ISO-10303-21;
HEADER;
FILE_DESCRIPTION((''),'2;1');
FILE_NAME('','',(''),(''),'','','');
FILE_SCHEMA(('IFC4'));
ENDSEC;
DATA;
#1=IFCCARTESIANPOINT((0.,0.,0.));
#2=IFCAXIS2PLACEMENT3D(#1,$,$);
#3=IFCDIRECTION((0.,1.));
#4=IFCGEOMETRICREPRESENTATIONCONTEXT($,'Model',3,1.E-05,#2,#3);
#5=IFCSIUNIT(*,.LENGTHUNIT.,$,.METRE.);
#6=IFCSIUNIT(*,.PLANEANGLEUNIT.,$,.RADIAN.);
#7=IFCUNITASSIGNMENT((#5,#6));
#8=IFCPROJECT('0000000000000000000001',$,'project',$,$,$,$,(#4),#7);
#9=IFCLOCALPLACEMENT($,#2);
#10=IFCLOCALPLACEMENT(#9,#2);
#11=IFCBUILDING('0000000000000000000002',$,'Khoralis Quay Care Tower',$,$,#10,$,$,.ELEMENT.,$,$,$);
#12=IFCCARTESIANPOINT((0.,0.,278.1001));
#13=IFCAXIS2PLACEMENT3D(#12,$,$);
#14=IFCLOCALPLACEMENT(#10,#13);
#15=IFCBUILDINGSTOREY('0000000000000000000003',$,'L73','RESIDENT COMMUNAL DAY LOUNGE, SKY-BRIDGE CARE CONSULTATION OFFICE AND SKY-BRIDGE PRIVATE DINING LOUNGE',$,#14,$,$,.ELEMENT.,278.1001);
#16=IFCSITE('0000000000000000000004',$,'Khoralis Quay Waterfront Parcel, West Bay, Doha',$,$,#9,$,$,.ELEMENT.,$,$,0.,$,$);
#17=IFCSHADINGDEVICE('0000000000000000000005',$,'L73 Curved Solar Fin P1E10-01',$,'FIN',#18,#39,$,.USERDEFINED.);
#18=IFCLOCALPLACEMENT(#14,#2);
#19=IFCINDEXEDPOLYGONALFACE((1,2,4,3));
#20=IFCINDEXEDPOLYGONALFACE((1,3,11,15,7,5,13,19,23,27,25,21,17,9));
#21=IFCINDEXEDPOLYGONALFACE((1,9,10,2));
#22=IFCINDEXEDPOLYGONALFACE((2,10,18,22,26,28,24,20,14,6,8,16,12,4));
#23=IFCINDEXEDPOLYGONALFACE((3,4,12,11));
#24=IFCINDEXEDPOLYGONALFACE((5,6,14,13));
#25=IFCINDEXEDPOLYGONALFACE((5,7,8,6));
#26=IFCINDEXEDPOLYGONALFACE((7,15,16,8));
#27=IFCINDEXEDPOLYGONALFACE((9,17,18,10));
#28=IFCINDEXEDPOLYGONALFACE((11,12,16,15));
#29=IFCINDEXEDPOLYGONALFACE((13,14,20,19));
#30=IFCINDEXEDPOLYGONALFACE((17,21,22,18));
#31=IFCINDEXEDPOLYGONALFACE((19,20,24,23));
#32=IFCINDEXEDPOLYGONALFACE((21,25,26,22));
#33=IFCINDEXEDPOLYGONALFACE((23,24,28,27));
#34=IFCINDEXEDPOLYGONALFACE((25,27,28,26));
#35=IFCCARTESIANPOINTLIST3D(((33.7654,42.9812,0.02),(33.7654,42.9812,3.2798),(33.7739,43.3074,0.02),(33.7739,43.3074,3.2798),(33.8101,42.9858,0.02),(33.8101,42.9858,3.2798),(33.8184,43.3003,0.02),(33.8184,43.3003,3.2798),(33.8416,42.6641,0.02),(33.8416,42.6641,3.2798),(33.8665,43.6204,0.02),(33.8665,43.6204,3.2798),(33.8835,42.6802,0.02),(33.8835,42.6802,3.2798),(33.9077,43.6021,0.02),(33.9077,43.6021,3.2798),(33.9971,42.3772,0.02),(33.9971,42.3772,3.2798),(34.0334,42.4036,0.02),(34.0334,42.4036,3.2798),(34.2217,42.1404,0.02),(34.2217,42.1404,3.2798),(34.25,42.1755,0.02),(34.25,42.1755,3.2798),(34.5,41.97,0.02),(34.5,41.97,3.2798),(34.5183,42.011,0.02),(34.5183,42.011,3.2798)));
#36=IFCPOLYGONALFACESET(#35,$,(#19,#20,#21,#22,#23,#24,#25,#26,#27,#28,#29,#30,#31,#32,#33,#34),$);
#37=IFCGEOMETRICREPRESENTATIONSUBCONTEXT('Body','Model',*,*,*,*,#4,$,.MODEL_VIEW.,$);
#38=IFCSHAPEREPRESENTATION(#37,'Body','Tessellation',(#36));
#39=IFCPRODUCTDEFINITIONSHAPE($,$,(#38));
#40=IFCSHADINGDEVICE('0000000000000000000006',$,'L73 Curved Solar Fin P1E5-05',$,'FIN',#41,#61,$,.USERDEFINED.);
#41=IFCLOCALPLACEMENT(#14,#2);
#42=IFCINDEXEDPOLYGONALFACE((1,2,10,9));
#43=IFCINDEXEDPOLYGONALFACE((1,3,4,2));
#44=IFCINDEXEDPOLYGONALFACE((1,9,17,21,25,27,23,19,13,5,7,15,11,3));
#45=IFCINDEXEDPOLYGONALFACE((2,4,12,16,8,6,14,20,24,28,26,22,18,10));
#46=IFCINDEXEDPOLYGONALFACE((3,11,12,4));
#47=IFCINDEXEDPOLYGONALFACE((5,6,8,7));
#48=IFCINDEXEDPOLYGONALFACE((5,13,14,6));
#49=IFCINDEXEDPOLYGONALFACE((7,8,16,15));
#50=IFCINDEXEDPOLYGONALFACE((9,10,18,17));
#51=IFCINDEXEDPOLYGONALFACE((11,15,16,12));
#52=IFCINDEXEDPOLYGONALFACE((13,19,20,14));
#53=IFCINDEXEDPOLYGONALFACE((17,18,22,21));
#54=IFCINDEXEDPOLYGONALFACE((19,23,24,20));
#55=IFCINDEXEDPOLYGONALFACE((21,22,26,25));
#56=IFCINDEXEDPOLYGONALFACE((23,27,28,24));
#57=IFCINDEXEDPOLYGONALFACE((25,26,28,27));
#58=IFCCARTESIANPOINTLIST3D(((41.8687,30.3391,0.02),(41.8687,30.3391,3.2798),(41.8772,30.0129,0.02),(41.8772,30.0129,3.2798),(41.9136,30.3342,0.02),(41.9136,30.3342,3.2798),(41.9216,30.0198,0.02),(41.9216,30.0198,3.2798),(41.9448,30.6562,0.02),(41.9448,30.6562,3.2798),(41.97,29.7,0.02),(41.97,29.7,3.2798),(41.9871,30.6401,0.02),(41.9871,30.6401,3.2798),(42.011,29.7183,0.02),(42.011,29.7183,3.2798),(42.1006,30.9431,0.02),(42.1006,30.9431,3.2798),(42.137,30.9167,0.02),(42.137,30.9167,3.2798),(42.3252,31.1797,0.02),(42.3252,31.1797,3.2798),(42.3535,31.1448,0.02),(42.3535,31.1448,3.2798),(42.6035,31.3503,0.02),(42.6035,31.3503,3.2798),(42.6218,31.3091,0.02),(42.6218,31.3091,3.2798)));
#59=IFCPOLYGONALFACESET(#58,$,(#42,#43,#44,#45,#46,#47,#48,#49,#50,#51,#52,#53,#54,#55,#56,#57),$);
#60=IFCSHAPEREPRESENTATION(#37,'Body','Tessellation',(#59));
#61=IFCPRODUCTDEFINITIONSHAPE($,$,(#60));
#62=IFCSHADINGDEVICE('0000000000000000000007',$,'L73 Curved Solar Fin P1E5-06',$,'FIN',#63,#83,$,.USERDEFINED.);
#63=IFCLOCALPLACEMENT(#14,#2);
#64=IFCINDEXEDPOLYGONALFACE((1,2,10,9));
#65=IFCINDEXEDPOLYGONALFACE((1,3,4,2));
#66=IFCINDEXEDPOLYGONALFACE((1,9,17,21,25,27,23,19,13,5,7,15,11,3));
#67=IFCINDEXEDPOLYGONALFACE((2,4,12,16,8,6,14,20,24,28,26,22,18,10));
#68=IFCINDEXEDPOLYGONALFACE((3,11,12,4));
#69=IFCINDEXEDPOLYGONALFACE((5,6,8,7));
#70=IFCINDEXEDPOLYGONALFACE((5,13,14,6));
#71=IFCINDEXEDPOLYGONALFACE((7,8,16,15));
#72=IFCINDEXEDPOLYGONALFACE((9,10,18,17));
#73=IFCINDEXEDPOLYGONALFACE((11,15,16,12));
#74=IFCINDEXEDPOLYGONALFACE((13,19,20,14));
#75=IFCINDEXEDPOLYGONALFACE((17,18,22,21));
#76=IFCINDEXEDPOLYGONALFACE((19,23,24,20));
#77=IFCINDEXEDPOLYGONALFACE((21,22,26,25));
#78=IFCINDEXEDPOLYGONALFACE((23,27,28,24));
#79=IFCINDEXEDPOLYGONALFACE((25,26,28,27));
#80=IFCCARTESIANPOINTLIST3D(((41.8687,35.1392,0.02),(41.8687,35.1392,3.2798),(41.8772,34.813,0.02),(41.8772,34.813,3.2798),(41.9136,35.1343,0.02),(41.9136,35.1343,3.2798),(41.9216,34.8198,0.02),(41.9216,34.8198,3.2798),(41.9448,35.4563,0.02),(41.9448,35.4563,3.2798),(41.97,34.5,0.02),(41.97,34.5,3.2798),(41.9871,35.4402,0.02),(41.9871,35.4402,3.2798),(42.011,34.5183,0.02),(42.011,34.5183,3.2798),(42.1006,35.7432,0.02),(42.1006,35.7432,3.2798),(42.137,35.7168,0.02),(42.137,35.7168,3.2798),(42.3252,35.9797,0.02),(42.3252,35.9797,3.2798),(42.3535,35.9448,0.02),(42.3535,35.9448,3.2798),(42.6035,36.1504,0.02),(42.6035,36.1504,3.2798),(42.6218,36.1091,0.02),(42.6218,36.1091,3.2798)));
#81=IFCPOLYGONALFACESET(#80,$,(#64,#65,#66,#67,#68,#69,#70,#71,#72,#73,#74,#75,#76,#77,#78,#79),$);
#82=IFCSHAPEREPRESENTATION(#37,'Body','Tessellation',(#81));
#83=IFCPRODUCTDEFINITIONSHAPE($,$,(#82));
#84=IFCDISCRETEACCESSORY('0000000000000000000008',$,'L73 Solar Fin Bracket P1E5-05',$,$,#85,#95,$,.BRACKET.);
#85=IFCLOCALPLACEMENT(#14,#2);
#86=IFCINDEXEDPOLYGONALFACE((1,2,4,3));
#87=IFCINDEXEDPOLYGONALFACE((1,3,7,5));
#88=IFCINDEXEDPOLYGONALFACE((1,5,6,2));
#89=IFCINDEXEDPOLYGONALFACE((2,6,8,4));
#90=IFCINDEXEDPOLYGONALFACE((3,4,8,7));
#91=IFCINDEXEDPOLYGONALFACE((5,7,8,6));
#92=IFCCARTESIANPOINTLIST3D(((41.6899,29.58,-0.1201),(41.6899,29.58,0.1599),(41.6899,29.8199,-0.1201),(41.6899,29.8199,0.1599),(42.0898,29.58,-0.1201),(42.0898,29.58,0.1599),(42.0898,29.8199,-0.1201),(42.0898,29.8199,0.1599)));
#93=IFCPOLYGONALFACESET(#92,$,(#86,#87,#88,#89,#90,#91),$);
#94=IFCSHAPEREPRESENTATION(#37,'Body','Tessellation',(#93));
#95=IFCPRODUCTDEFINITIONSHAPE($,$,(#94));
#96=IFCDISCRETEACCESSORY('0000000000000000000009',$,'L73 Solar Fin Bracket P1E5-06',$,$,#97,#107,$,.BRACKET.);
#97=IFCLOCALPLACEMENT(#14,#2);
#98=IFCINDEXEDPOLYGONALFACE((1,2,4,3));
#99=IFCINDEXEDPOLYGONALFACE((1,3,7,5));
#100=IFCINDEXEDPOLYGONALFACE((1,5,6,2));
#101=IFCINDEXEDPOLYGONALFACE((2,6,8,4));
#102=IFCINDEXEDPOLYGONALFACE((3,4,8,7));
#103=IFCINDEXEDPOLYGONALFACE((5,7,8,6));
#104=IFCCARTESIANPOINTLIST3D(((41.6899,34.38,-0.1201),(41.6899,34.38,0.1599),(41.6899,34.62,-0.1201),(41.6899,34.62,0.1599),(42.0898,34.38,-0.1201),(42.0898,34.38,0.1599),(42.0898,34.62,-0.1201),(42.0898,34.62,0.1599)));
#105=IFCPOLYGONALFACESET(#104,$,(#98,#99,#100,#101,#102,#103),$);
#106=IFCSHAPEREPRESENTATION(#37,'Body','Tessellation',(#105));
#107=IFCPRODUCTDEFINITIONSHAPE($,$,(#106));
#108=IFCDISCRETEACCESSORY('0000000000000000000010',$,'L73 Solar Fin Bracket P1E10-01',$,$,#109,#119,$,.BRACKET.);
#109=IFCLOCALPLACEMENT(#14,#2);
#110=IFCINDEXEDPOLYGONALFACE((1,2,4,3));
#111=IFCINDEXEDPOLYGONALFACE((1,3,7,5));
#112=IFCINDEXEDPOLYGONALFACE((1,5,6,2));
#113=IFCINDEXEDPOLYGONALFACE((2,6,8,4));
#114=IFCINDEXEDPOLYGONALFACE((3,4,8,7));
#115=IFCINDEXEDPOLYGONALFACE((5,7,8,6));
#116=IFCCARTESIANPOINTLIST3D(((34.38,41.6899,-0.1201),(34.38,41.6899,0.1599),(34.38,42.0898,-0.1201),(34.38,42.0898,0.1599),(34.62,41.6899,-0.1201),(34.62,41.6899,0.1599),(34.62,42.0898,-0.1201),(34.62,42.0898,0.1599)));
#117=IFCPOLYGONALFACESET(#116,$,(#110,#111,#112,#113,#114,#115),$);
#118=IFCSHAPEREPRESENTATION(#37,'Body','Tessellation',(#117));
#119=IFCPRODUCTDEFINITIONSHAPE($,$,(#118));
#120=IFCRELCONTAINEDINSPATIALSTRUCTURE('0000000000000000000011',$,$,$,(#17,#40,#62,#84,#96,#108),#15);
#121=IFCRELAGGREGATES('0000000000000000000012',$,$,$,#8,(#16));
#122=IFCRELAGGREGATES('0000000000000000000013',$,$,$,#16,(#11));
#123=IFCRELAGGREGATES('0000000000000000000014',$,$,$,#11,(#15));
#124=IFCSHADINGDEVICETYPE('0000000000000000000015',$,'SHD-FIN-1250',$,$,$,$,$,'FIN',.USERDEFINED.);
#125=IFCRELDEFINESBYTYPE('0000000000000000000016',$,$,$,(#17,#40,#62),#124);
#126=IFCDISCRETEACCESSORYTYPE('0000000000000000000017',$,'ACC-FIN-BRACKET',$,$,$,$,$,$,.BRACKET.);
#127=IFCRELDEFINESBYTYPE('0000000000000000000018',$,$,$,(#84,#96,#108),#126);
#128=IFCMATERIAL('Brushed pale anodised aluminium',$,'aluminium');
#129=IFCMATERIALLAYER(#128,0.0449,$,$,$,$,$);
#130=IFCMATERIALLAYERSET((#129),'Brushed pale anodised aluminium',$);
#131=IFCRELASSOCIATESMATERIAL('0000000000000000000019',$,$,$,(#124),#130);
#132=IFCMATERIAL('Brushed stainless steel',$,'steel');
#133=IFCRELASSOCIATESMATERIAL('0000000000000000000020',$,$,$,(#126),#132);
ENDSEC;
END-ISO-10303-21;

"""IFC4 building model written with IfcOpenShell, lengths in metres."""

from ifc_helpers import new_model, si_unit, direction, frame, origin, origin_2d, place, context, subcontext, project, spatial, polyline, rectangle, outline, extrude, source, transform, mapped, material, layer, layer_set, type_object, element, save


model = new_model("IFC4")

# Units and contexts
model_context = context("Model", 3, precision=1e-05, world=origin(), true_north=direction((0.0, 1.0)))
body_context = subcontext(model_context, "Body", "Model", "MODEL_VIEW")
ifc_project = project(units=[si_unit("LENGTHUNIT", "METRE"), si_unit("PLANEANGLEUNIT", "RADIAN")], contexts=[model_context])

# Site, building, storey
site_placement = place(None, origin())
site = spatial("IfcSite", under=ifc_project, at=site_placement, Name="Khoralis Quay Waterfront Parcel, West Bay, Doha", CompositionType="ELEMENT", RefElevation=0.0)
building_placement = place(site_placement, origin())
building = spatial("IfcBuilding", under=site, at=building_placement, Name="Khoralis Quay Care Tower", CompositionType="ELEMENT")
storey_placement = place(building_placement, frame((0.0, 0.0, 278.1001)))
storey = spatial("IfcBuildingStorey", under=building, at=storey_placement, Name="L73", Description="RESIDENT COMMUNAL DAY LOUNGE, SKY-BRIDGE CARE CONSULTATION OFFICE AND SKY-BRIDGE PRIVATE DINING LOUNGE", CompositionType="ELEMENT", Elevation=278.1001)

# Shading devices
ifc_material_1 = material(Name="Brushed pale anodised aluminium", Category="aluminium")
ifc_layer_1 = layer(ifc_material_1, 0.0449)
ifc_layer_set_1 = layer_set([ifc_layer_1], Name="Brushed pale anodised aluminium")
shading_device_type = type_object("IfcShadingDeviceType", Name="SHD-FIN-1250", ElementType="FIN", PredefinedType="USERDEFINED", material=ifc_layer_set_1)
shared_shape_1 = source(origin(), body_context, "Body", "SweptSolid", [
    extrude(outline(polyline([(0.0, 0.0), (0.1704, 0.2783), (0.4072, 0.5029), (0.6941, 0.6584), (1.0112, 0.7346), (1.3374, 0.7261), (1.6504, 0.6335), (1.6321, 0.5923), (1.3303, 0.6816), (1.0159, 0.6899), (0.7102, 0.6165), (0.4336, 0.4666), (0.2056, 0.25), (0.041, -0.0183), (0.0, 0.0)])), origin(), (0.0, 0.0, 1.0), 3.2598),
])
shading_device_placement = place(storey_placement, frame((34.5, 41.97, 0.02), z_axis=(0.0, 0.0, 1.0), x_axis=(0.0, 1.0, 0.0)))
element("IfcShadingDevice", 1, at=shading_device_placement, inside=storey, type_object=shading_device_type, Name="L73 Curved Solar Fin P1E10-01", ObjectType="FIN", PredefinedType="USERDEFINED", context=body_context, shape_type="MappedRepresentation", body=[
    mapped(shared_shape_1, transform((0.0, 0.0, 0.0), scale=1.0)),
])
shared_shape_2 = source(origin(), body_context, "Body", "SweptSolid", [
    extrude(outline(polyline([(0.0, 0.0), (-0.0928, 0.313), (-0.1013, 0.6392), (-0.0251, 0.9563), (0.1306, 1.2432), (0.3552, 1.4797), (0.6335, 1.6504), (0.6519, 1.6091), (0.3835, 1.4448), (0.167, 1.2168), (0.0171, 0.9402), (-0.0564, 0.6343), (-0.0483, 0.3198), (0.041, 0.0183), (0.0, 0.0)])), origin(), (0.0, 0.0, 1.0), 3.2598),
])
for number, where, z_axis, x_axis, name in (
    (2, (41.97, 29.7, 0.02), (0.0, 0.0, 1.0), (1.0, 0.0, 0.0), "L73 Curved Solar Fin P1E5-05"),
    (3, (41.97, 34.5, 0.02), (0.0, 0.0, 1.0), (1.0, 0.0, 0.0), "L73 Curved Solar Fin P1E5-06"),
):
    element("IfcShadingDevice", number, at=place(storey_placement, frame(where, z_axis=z_axis, x_axis=x_axis)), inside=storey, type_object=shading_device_type, Name=name, ObjectType="FIN", PredefinedType="USERDEFINED", context=body_context, shape_type="MappedRepresentation", body=[
        mapped(shared_shape_2, transform((0.0, 0.0, 0.0), scale=1.0)),
    ])

# Discrete accessories
ifc_material_2 = material(Name="Brushed stainless steel", Category="steel")
discrete_accessory_type = type_object("IfcDiscreteAccessoryType", Name="ACC-FIN-BRACKET", PredefinedType="BRACKET", material=ifc_material_2)
shared_shape_3 = source(origin(), body_context, "Body", "SweptSolid", [
    extrude(rectangle(XDim=0.3999, YDim=0.24, at=origin_2d()), origin(), (0.0, 0.0, 1.0), 0.28),
])
for number, where, z_axis, x_axis, name in (
    (4, (41.8899, 29.7, -0.1201), (0.0, 0.0, 1.0), (1.0, 0.0, 0.0), "L73 Solar Fin Bracket P1E5-05"),
    (5, (41.8899, 34.5, -0.1201), (0.0, 0.0, 1.0), (1.0, 0.0, 0.0), "L73 Solar Fin Bracket P1E5-06"),
    (6, (34.5, 41.8899, -0.1201), (0.0, 0.0, 1.0), (0.0, 1.0, 0.0), "L73 Solar Fin Bracket P1E10-01"),
):
    element("IfcDiscreteAccessory", number, at=place(storey_placement, frame(where, z_axis=z_axis, x_axis=x_axis)), inside=storey, type_object=discrete_accessory_type, Name=name, PredefinedType="BRACKET", context=body_context, shape_type="MappedRepresentation", body=[
        mapped(shared_shape_3, transform((0.0, 0.0, 0.0), scale=1.0)),
    ])

save(model, "model.ifc")
